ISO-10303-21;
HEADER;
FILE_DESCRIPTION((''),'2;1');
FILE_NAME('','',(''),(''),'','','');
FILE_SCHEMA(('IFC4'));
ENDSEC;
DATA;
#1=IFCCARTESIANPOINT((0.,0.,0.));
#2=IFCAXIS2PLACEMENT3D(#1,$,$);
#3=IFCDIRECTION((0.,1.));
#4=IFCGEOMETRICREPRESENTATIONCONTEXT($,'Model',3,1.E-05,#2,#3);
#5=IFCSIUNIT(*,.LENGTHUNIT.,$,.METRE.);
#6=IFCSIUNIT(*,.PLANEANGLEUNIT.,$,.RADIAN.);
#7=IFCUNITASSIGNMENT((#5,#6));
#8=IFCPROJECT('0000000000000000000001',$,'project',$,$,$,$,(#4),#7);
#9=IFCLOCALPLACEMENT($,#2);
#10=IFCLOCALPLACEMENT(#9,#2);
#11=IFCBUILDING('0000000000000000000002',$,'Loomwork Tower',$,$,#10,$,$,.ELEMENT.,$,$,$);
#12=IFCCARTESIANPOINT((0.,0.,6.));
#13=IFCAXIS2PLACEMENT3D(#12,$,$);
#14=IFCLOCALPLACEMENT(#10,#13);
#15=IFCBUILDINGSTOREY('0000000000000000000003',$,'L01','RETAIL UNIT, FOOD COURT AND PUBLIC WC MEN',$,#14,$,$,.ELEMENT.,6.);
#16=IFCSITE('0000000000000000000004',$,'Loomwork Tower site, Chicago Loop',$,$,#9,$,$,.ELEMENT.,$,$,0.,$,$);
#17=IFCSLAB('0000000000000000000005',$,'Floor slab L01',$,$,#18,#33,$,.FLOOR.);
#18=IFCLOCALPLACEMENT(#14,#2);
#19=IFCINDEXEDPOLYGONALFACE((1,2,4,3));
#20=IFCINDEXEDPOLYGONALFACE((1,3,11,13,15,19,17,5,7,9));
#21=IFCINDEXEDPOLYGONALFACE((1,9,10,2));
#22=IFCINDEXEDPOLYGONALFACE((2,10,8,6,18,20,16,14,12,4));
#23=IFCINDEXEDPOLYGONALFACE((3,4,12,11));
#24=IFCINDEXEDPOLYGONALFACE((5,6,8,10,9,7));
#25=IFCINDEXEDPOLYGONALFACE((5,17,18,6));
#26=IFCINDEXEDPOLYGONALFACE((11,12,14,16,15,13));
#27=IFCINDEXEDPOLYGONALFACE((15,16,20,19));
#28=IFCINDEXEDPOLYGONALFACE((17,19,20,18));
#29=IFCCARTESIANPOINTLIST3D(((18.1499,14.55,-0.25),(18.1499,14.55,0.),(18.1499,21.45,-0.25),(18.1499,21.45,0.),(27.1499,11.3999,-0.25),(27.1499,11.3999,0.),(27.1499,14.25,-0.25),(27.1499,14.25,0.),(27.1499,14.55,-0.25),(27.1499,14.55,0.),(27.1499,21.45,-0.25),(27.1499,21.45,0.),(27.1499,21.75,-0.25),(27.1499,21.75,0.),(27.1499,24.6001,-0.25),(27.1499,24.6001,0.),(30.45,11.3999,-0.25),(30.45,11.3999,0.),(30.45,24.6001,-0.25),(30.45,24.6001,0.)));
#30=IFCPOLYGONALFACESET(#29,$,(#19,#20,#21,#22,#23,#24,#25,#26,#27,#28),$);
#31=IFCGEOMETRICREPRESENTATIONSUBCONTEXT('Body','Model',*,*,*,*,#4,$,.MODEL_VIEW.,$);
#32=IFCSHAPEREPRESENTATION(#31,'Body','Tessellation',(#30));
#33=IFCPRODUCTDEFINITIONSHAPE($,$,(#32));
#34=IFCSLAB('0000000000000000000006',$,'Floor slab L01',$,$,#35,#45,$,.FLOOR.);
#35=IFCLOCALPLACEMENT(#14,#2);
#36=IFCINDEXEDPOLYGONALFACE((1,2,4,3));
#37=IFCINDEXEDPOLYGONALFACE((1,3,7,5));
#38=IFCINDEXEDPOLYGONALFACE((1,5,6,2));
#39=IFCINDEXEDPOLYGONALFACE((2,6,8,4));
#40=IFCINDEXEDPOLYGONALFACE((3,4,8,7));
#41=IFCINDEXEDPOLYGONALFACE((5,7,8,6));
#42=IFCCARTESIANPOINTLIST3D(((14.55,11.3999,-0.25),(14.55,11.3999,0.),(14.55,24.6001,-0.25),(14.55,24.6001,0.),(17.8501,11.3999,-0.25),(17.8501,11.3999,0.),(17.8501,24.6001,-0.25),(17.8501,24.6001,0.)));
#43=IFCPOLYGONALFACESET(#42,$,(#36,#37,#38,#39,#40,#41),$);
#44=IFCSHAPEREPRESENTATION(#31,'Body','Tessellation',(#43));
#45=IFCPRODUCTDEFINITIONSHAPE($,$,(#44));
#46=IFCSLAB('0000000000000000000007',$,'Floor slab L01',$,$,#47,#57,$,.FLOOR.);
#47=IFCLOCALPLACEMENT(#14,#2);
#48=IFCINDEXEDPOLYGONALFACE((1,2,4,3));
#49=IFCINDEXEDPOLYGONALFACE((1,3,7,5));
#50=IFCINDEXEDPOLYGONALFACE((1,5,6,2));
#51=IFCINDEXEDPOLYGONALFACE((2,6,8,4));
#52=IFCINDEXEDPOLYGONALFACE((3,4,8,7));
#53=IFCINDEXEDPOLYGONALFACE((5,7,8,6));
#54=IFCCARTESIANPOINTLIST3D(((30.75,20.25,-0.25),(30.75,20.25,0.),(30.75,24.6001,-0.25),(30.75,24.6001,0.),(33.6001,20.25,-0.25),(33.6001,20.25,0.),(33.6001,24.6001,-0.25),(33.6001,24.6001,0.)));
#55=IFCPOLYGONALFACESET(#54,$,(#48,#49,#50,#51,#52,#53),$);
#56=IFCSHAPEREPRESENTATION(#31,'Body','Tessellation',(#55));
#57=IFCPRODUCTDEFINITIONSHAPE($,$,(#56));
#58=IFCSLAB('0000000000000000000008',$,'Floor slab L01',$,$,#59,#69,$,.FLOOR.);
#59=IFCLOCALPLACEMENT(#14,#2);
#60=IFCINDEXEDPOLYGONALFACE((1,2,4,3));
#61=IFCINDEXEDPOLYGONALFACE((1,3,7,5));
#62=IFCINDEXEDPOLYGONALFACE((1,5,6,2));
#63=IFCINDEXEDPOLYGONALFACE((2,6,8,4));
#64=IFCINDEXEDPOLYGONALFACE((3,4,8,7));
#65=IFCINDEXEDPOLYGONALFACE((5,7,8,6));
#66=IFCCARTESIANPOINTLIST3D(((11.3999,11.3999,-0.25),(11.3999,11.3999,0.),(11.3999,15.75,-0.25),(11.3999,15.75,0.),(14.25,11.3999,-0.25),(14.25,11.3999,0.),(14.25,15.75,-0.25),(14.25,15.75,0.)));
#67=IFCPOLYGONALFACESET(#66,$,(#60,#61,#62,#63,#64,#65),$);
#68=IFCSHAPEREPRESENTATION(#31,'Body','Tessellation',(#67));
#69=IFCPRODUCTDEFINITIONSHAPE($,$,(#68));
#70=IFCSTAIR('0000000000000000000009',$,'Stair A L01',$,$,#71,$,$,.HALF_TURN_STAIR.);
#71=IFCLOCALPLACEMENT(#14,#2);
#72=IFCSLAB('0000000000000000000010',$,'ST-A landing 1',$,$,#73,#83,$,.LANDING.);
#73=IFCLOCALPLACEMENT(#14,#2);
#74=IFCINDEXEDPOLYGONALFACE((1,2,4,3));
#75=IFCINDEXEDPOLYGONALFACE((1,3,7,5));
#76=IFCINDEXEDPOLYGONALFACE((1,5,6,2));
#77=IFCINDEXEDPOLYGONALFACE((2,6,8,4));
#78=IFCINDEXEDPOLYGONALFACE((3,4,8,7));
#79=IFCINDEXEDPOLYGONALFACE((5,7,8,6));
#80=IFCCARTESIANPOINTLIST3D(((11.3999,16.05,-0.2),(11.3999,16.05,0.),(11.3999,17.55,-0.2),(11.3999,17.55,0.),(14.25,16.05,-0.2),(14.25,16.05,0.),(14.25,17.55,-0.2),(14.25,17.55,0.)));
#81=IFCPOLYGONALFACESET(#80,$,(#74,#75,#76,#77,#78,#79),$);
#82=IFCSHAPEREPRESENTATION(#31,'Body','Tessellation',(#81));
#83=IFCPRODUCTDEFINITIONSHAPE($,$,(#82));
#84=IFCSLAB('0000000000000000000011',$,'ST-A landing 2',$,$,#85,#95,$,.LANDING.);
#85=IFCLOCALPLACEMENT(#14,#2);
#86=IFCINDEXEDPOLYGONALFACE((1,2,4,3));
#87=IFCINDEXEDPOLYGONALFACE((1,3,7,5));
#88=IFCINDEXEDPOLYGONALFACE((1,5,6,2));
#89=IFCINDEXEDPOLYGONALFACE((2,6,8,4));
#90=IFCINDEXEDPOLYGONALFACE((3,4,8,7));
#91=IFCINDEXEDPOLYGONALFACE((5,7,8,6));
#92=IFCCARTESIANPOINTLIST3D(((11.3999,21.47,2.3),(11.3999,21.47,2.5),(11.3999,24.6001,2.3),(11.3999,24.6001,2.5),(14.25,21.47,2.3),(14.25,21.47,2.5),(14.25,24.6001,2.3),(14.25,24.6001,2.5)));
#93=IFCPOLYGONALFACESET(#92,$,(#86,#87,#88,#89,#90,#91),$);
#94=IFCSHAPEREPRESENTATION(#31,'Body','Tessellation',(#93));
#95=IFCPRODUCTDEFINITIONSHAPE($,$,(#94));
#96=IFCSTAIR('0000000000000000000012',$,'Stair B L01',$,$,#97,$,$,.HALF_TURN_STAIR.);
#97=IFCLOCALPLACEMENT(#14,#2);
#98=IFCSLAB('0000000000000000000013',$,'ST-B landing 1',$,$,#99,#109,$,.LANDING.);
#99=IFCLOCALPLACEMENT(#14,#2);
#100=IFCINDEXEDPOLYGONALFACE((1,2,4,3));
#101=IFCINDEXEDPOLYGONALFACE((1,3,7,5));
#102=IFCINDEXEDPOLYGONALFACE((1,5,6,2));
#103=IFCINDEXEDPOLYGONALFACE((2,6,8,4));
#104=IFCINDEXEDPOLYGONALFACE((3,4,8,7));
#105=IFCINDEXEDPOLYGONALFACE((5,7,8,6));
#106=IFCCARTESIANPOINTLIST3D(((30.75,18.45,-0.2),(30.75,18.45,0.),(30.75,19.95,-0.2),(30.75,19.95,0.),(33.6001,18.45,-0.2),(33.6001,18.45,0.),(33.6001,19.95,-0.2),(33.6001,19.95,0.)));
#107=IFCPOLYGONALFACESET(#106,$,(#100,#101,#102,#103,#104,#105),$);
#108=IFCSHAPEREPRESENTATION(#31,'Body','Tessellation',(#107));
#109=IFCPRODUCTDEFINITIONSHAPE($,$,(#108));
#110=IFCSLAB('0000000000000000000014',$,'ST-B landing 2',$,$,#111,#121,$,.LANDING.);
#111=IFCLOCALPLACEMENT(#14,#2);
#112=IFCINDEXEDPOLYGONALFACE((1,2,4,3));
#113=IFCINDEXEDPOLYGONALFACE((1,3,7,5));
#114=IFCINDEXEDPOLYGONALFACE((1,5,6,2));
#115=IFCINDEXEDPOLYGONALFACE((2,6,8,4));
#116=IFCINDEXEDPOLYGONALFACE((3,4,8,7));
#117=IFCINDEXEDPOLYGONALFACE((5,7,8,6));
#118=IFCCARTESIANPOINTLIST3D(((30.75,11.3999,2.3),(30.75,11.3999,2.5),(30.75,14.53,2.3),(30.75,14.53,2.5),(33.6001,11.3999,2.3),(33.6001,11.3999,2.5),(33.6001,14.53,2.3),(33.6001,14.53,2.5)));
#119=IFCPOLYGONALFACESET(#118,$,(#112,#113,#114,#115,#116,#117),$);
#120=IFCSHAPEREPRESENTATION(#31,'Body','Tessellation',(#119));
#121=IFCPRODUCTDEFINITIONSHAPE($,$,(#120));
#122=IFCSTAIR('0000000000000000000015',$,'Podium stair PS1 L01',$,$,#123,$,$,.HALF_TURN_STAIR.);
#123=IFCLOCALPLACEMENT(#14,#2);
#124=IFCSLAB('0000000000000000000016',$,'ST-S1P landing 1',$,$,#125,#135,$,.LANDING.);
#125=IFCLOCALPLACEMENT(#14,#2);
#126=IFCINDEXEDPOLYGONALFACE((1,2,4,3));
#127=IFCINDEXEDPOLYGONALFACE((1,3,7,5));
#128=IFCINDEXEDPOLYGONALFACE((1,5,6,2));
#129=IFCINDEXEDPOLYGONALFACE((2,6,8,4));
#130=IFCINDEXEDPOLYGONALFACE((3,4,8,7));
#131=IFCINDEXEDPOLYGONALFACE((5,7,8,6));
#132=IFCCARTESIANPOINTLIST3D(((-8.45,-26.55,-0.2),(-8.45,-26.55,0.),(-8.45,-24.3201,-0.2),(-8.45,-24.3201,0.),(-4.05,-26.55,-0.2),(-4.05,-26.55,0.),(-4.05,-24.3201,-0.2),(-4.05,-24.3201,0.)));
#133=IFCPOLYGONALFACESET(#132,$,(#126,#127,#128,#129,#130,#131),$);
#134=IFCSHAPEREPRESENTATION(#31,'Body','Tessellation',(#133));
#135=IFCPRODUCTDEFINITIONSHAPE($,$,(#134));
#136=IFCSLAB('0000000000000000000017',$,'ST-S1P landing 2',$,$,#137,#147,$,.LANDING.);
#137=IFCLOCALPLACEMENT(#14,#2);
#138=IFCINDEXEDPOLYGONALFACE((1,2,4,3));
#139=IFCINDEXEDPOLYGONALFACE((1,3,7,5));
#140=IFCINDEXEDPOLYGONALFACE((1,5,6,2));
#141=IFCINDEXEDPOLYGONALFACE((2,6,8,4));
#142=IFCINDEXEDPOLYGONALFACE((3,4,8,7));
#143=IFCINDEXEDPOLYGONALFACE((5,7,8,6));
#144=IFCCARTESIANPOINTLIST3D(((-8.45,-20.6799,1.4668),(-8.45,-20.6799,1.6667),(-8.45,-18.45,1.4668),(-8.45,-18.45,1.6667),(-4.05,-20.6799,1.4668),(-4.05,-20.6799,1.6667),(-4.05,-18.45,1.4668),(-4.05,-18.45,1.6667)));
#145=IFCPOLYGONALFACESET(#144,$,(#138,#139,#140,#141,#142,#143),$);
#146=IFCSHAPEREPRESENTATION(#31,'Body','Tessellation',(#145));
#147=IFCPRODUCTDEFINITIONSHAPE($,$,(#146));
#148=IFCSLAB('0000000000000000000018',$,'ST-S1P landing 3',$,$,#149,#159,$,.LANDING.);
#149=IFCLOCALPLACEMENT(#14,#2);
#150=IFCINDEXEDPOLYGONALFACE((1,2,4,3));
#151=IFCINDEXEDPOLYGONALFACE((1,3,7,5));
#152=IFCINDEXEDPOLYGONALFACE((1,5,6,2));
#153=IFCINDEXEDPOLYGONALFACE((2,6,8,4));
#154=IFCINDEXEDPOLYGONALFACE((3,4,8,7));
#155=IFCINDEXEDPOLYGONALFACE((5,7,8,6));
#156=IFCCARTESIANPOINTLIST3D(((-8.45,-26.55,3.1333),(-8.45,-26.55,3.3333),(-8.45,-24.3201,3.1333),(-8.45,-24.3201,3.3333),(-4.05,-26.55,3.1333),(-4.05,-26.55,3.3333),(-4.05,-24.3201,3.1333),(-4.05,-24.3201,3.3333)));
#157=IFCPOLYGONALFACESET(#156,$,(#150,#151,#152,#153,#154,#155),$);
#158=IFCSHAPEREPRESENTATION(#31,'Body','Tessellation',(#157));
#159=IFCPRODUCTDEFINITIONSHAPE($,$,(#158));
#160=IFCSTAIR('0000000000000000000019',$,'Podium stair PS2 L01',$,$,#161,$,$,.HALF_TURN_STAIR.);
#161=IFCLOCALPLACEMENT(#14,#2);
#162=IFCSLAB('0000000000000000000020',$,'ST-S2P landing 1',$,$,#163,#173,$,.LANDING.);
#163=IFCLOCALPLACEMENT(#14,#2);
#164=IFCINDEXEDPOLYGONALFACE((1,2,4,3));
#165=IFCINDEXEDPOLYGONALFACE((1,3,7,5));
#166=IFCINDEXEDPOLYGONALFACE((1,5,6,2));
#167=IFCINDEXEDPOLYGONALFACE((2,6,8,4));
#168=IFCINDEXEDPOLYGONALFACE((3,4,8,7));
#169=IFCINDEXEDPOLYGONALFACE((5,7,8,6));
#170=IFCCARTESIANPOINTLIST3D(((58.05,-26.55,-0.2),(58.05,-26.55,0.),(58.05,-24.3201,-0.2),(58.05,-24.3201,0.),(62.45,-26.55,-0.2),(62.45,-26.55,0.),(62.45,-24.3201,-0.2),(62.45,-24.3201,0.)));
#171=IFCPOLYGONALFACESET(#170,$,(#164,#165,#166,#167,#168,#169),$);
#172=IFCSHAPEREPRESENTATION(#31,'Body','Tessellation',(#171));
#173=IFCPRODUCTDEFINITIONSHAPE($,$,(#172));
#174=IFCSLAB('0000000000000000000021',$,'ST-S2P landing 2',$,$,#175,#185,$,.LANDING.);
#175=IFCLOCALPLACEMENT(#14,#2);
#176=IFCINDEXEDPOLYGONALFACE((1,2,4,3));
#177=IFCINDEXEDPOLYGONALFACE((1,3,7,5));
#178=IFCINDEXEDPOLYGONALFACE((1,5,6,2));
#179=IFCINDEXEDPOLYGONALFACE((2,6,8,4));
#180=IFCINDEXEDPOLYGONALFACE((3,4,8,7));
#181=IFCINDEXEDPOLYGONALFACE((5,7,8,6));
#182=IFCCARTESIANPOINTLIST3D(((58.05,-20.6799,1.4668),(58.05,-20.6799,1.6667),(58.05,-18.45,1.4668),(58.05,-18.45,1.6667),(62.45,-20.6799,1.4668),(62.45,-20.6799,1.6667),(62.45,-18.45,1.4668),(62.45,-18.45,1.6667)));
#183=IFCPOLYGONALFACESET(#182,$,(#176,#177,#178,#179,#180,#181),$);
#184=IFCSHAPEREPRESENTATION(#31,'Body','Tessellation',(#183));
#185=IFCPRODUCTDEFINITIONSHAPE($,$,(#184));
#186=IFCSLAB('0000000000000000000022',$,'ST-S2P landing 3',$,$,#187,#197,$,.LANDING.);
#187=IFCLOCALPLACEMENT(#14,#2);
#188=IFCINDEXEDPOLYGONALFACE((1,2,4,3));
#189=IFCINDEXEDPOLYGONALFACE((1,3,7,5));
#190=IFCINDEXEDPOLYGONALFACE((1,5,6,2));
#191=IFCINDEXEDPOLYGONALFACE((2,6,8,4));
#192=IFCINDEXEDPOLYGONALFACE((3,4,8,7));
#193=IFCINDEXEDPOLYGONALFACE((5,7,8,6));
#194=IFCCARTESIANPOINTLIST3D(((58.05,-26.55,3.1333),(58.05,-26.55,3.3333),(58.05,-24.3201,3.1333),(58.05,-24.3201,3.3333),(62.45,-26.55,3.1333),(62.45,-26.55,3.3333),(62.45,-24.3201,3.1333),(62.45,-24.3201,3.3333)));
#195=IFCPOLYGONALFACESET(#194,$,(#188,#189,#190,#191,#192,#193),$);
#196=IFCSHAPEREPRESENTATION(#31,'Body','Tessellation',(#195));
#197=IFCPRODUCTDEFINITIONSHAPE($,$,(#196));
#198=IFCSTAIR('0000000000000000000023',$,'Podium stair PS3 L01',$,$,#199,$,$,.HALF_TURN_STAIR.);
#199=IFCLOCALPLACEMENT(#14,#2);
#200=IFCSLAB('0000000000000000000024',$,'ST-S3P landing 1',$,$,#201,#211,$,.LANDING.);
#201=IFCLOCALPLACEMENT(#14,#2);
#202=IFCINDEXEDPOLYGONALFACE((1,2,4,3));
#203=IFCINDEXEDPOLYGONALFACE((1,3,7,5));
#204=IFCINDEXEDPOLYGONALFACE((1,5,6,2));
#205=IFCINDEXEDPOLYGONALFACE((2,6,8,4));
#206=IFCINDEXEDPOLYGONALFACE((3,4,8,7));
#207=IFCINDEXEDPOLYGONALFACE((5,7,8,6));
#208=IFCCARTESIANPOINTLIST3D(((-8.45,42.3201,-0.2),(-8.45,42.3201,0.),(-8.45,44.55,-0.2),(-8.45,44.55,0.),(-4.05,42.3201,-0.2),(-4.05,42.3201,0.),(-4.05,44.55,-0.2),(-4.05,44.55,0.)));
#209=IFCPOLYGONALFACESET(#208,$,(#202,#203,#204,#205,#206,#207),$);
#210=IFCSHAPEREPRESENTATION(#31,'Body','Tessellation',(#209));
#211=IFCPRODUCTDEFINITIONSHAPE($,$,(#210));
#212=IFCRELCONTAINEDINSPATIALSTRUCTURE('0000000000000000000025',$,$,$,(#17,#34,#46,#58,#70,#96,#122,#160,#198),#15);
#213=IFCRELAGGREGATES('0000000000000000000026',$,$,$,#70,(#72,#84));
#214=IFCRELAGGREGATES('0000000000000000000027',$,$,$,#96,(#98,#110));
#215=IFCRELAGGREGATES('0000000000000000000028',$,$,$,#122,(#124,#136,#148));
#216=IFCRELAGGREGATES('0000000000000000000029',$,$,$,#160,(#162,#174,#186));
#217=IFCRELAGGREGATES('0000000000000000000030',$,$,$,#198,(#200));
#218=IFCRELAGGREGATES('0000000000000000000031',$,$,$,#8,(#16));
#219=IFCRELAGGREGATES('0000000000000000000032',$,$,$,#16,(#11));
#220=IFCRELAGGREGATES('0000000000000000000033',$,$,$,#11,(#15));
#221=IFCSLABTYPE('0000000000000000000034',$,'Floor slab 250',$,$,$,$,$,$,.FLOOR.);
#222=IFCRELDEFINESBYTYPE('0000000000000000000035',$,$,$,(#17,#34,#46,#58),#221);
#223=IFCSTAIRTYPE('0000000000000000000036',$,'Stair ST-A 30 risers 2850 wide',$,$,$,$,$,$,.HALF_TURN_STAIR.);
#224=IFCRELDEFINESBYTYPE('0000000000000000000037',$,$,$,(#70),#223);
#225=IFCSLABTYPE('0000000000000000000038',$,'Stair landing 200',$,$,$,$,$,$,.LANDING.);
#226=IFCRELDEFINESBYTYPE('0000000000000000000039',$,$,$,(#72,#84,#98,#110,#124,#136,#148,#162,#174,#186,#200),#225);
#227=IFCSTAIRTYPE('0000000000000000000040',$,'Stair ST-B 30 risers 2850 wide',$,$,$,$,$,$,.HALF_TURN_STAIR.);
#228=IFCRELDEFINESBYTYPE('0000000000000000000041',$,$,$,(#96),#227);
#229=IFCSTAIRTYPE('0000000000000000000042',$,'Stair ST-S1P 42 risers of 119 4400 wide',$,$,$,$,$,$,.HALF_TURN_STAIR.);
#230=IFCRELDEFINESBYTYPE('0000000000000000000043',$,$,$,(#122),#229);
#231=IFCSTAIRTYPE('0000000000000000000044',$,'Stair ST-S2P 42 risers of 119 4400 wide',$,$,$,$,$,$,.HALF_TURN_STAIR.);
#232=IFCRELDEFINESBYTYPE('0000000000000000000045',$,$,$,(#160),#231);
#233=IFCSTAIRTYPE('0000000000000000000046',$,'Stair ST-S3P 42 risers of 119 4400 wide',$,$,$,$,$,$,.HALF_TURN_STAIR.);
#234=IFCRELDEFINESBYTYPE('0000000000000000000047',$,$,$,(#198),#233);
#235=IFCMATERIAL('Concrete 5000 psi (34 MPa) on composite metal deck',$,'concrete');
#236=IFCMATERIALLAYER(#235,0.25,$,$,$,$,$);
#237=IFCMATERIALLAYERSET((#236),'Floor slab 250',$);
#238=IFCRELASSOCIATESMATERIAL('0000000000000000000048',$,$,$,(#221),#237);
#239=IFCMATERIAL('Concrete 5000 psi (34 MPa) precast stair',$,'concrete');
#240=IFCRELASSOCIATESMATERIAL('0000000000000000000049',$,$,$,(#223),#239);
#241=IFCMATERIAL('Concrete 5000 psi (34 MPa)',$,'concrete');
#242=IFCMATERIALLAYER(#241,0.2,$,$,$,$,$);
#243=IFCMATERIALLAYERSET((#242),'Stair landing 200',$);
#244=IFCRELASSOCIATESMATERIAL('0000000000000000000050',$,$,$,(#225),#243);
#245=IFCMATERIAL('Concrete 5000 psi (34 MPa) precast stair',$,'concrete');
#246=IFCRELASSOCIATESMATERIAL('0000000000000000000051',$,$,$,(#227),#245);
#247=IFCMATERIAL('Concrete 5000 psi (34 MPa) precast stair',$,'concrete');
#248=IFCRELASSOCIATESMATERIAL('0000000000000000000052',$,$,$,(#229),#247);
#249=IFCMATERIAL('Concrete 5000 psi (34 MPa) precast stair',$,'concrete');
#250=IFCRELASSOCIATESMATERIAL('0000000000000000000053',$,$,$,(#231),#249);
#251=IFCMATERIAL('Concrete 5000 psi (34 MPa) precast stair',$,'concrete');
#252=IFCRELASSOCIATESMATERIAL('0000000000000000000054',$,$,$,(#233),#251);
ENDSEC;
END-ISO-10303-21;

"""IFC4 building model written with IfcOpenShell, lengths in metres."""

from ifc_helpers import new_model, si_unit, direction, frame, origin, place, context, subcontext, project, spatial, polyline, outline, extrude, material, layer, layer_set, type_object, element, aggregate, save


model = new_model("IFC4")

# Units and contexts
model_context = context("Model", 3, precision=1e-05, world=origin(), true_north=direction((0.0, 1.0)))
body_context = subcontext(model_context, "Body", "Model", "MODEL_VIEW")
ifc_project = project(units=[si_unit("LENGTHUNIT", "METRE"), si_unit("PLANEANGLEUNIT", "RADIAN")], contexts=[model_context])

# Site, building, storey
site_placement = place(None, origin())
site = spatial("IfcSite", under=ifc_project, at=site_placement, Name="Loomwork Tower site, Chicago Loop", CompositionType="ELEMENT", RefElevation=0.0)
building_placement = place(site_placement, origin())
building = spatial("IfcBuilding", under=site, at=building_placement, Name="Loomwork Tower", CompositionType="ELEMENT")
storey_placement = place(building_placement, frame((0.0, 0.0, 6.0)))
storey = spatial("IfcBuildingStorey", under=building, at=storey_placement, Name="L01", Description="RETAIL UNIT, FOOD COURT AND PUBLIC WC MEN", CompositionType="ELEMENT", Elevation=6.0)

# Slabs
ifc_material_1 = material(Name="Concrete 5000 psi (34 MPa) on composite metal deck", Category="concrete")
ifc_layer_1 = layer(ifc_material_1, 0.25)
ifc_layer_set_1 = layer_set([ifc_layer_1], Name="Floor slab 250")
slab_type_1 = type_object("IfcSlabType", Name="Floor slab 250", PredefinedType="FLOOR", material=ifc_layer_set_1)
slab_1_placement = place(storey_placement, frame((0.0, 0.0, -0.25)))
element("IfcSlab", 1, at=slab_1_placement, inside=storey, type_object=slab_type_1, Name="Floor slab L01", PredefinedType="FLOOR", context=body_context, shape_type="SweptSolid", body=[
    extrude(outline(polyline([(18.1499, 21.45), (27.1499, 21.45), (27.1499, 21.75), (27.1499, 24.6001), (30.45, 24.6001), (30.45, 11.3999), (27.1499, 11.3999), (27.1499, 14.25), (27.1499, 14.55), (18.1499, 14.55), (18.1499, 21.45)])), origin(), (0.0, 0.0, 1.0), 0.25),
])
slab_2_placement = place(storey_placement, frame((0.0, 0.0, -0.25)))
element("IfcSlab", 2, at=slab_2_placement, inside=storey, type_object=slab_type_1, Name="Floor slab L01", PredefinedType="FLOOR", context=body_context, shape_type="SweptSolid", body=[
    extrude(outline(polyline([(14.55, 24.6001), (17.8501, 24.6001), (17.8501, 11.3999), (14.55, 11.3999), (14.55, 24.6001)])), origin(), (0.0, 0.0, 1.0), 0.25),
])
slab_3_placement = place(storey_placement, frame((0.0, 0.0, -0.25)))
element("IfcSlab", 3, at=slab_3_placement, inside=storey, type_object=slab_type_1, Name="Floor slab L01", PredefinedType="FLOOR", context=body_context, shape_type="SweptSolid", body=[
    extrude(outline(polyline([(33.6001, 20.25), (30.75, 20.25), (30.75, 24.6001), (33.6001, 24.6001), (33.6001, 20.25)])), origin(), (0.0, 0.0, 1.0), 0.25),
])
slab_4_placement = place(storey_placement, frame((0.0, 0.0, -0.25)))
element("IfcSlab", 4, at=slab_4_placement, inside=storey, type_object=slab_type_1, Name="Floor slab L01", PredefinedType="FLOOR", context=body_context, shape_type="SweptSolid", body=[
    extrude(outline(polyline([(14.25, 15.75), (14.25, 11.3999), (11.3999, 11.3999), (11.3999, 15.75), (14.25, 15.75)])), origin(), (0.0, 0.0, 1.0), 0.25),
])

# Stairs, slabs
ifc_material_2 = material(Name="Concrete 5000 psi (34 MPa) precast stair", Category="concrete")
stair_type_1 = type_object("IfcStairType", Name="Stair ST-A 30 risers 2850 wide", PredefinedType="HALF_TURN_STAIR", material=ifc_material_2)
stair_1_placement = place(storey_placement, origin())
stair_1 = element("IfcStair", 5, at=stair_1_placement, inside=storey, type_object=stair_type_1, Name="Stair A L01", PredefinedType="HALF_TURN_STAIR")
ifc_material_3 = material(Name="Concrete 5000 psi (34 MPa)", Category="concrete")
ifc_layer_2 = layer(ifc_material_3, 0.2)
ifc_layer_set_2 = layer_set([ifc_layer_2], Name="Stair landing 200")
slab_type_2 = type_object("IfcSlabType", Name="Stair landing 200", PredefinedType="LANDING", material=ifc_layer_set_2)
slab_5_placement = place(storey_placement, frame((0.0, 0.0, -0.2)))
slab_5 = element("IfcSlab", 6, at=slab_5_placement, type_object=slab_type_2, Name="ST-A landing 1", PredefinedType="LANDING", context=body_context, shape_type="SweptSolid", body=[
    extrude(outline(polyline([(11.3999, 16.05), (14.25, 16.05), (14.25, 17.55), (11.3999, 17.55), (11.3999, 16.05)])), origin(), (0.0, 0.0, 1.0), 0.2),
])
slab_6_placement = place(storey_placement, frame((0.0, 0.0, 2.3)))
slab_6 = element("IfcSlab", 7, at=slab_6_placement, type_object=slab_type_2, Name="ST-A landing 2", PredefinedType="LANDING", context=body_context, shape_type="SweptSolid", body=[
    extrude(outline(polyline([(11.3999, 21.47), (14.25, 21.47), (14.25, 24.6001), (11.3999, 24.6001), (11.3999, 21.47)])), origin(), (0.0, 0.0, 1.0), 0.2),
])
aggregate(stair_1, [slab_5, slab_6])
ifc_material_4 = material(Name="Concrete 5000 psi (34 MPa) precast stair", Category="concrete")
stair_type_2 = type_object("IfcStairType", Name="Stair ST-B 30 risers 2850 wide", PredefinedType="HALF_TURN_STAIR", material=ifc_material_4)
stair_2_placement = place(storey_placement, origin())
stair_2 = element("IfcStair", 8, at=stair_2_placement, inside=storey, type_object=stair_type_2, Name="Stair B L01", PredefinedType="HALF_TURN_STAIR")
slab_7_placement = place(storey_placement, frame((0.0, 0.0, -0.2)))
slab_7 = element("IfcSlab", 9, at=slab_7_placement, type_object=slab_type_2, Name="ST-B landing 1", PredefinedType="LANDING", context=body_context, shape_type="SweptSolid", body=[
    extrude(outline(polyline([(30.75, 18.45), (33.6001, 18.45), (33.6001, 19.95), (30.75, 19.95), (30.75, 18.45)])), origin(), (0.0, 0.0, 1.0), 0.2),
])
slab_8_placement = place(storey_placement, frame((0.0, 0.0, 2.3)))
slab_8 = element("IfcSlab", 10, at=slab_8_placement, type_object=slab_type_2, Name="ST-B landing 2", PredefinedType="LANDING", context=body_context, shape_type="SweptSolid", body=[
    extrude(outline(polyline([(30.75, 11.3999), (33.6001, 11.3999), (33.6001, 14.53), (30.75, 14.53), (30.75, 11.3999)])), origin(), (0.0, 0.0, 1.0), 0.2),
])
aggregate(stair_2, [slab_7, slab_8])
ifc_material_5 = material(Name="Concrete 5000 psi (34 MPa) precast stair", Category="concrete")
stair_type_3 = type_object("IfcStairType", Name="Stair ST-S1P 42 risers of 119 4400 wide", PredefinedType="HALF_TURN_STAIR", material=ifc_material_5)
stair_3_placement = place(storey_placement, origin())
stair_3 = element("IfcStair", 11, at=stair_3_placement, inside=storey, type_object=stair_type_3, Name="Podium stair PS1 L01", PredefinedType="HALF_TURN_STAIR")
slab_9_placement = place(storey_placement, frame((0.0, 0.0, -0.2)))
slab_9 = element("IfcSlab", 12, at=slab_9_placement, type_object=slab_type_2, Name="ST-S1P landing 1", PredefinedType="LANDING", context=body_context, shape_type="SweptSolid", body=[
    extrude(outline(polyline([(-8.45, -26.55), (-4.05, -26.55), (-4.05, -24.3201), (-8.45, -24.3201), (-8.45, -26.55)])), origin(), (0.0, 0.0, 1.0), 0.2),
])
slab_10_placement = place(storey_placement, frame((0.0, 0.0, 1.4668)))
slab_10 = element("IfcSlab", 13, at=slab_10_placement, type_object=slab_type_2, Name="ST-S1P landing 2", PredefinedType="LANDING", context=body_context, shape_type="SweptSolid", body=[
    extrude(outline(polyline([(-8.45, -20.6799), (-4.05, -20.6799), (-4.05, -18.45), (-8.45, -18.45), (-8.45, -20.6799)])), origin(), (0.0, 0.0, 1.0), 0.2),
])
slab_11_placement = place(storey_placement, frame((0.0, 0.0, 3.1333)))
slab_11 = element("IfcSlab", 14, at=slab_11_placement, type_object=slab_type_2, Name="ST-S1P landing 3", PredefinedType="LANDING", context=body_context, shape_type="SweptSolid", body=[
    extrude(outline(polyline([(-8.45, -26.55), (-4.05, -26.55), (-4.05, -24.3201), (-8.45, -24.3201), (-8.45, -26.55)])), origin(), (0.0, 0.0, 1.0), 0.2),
])
aggregate(stair_3, [slab_9, slab_10, slab_11])
ifc_material_6 = material(Name="Concrete 5000 psi (34 MPa) precast stair", Category="concrete")
stair_type_4 = type_object("IfcStairType", Name="Stair ST-S2P 42 risers of 119 4400 wide", PredefinedType="HALF_TURN_STAIR", material=ifc_material_6)
stair_4_placement = place(storey_placement, origin())
stair_4 = element("IfcStair", 15, at=stair_4_placement, inside=storey, type_object=stair_type_4, Name="Podium stair PS2 L01", PredefinedType="HALF_TURN_STAIR")
slab_12_placement = place(storey_placement, frame((0.0, 0.0, -0.2)))
slab_12 = element("IfcSlab", 16, at=slab_12_placement, type_object=slab_type_2, Name="ST-S2P landing 1", PredefinedType="LANDING", context=body_context, shape_type="SweptSolid", body=[
    extrude(outline(polyline([(58.05, -26.55), (62.45, -26.55), (62.45, -24.3201), (58.05, -24.3201), (58.05, -26.55)])), origin(), (0.0, 0.0, 1.0), 0.2),
])
slab_13_placement = place(storey_placement, frame((0.0, 0.0, 1.4668)))
slab_13 = element("IfcSlab", 17, at=slab_13_placement, type_object=slab_type_2, Name="ST-S2P landing 2", PredefinedType="LANDING", context=body_context, shape_type="SweptSolid", body=[
    extrude(outline(polyline([(58.05, -20.6799), (62.45, -20.6799), (62.45, -18.45), (58.05, -18.45), (58.05, -20.6799)])), origin(), (0.0, 0.0, 1.0), 0.2),
])
slab_14_placement = place(storey_placement, frame((0.0, 0.0, 3.1333)))
slab_14 = element("IfcSlab", 18, at=slab_14_placement, type_object=slab_type_2, Name="ST-S2P landing 3", PredefinedType="LANDING", context=body_context, shape_type="SweptSolid", body=[
    extrude(outline(polyline([(58.05, -26.55), (62.45, -26.55), (62.45, -24.3201), (58.05, -24.3201), (58.05, -26.55)])), origin(), (0.0, 0.0, 1.0), 0.2),
])
aggregate(stair_4, [slab_12, slab_13, slab_14])
ifc_material_7 = material(Name="Concrete 5000 psi (34 MPa) precast stair", Category="concrete")
stair_type_5 = type_object("IfcStairType", Name="Stair ST-S3P 42 risers of 119 4400 wide", PredefinedType="HALF_TURN_STAIR", material=ifc_material_7)
stair_5_placement = place(storey_placement, origin())
stair_5 = element("IfcStair", 19, at=stair_5_placement, inside=storey, type_object=stair_type_5, Name="Podium stair PS3 L01", PredefinedType="HALF_TURN_STAIR")
slab_15_placement = place(storey_placement, frame((0.0, 0.0, -0.2)))
slab_15 = element("IfcSlab", 20, at=slab_15_placement, type_object=slab_type_2, Name="ST-S3P landing 1", PredefinedType="LANDING", context=body_context, shape_type="SweptSolid", body=[
    extrude(outline(polyline([(-8.45, 42.3201), (-4.05, 42.3201), (-4.05, 44.55), (-8.45, 44.55), (-8.45, 42.3201)])), origin(), (0.0, 0.0, 1.0), 0.2),
])
aggregate(stair_5, [slab_15])

save(model, "model.ifc")
